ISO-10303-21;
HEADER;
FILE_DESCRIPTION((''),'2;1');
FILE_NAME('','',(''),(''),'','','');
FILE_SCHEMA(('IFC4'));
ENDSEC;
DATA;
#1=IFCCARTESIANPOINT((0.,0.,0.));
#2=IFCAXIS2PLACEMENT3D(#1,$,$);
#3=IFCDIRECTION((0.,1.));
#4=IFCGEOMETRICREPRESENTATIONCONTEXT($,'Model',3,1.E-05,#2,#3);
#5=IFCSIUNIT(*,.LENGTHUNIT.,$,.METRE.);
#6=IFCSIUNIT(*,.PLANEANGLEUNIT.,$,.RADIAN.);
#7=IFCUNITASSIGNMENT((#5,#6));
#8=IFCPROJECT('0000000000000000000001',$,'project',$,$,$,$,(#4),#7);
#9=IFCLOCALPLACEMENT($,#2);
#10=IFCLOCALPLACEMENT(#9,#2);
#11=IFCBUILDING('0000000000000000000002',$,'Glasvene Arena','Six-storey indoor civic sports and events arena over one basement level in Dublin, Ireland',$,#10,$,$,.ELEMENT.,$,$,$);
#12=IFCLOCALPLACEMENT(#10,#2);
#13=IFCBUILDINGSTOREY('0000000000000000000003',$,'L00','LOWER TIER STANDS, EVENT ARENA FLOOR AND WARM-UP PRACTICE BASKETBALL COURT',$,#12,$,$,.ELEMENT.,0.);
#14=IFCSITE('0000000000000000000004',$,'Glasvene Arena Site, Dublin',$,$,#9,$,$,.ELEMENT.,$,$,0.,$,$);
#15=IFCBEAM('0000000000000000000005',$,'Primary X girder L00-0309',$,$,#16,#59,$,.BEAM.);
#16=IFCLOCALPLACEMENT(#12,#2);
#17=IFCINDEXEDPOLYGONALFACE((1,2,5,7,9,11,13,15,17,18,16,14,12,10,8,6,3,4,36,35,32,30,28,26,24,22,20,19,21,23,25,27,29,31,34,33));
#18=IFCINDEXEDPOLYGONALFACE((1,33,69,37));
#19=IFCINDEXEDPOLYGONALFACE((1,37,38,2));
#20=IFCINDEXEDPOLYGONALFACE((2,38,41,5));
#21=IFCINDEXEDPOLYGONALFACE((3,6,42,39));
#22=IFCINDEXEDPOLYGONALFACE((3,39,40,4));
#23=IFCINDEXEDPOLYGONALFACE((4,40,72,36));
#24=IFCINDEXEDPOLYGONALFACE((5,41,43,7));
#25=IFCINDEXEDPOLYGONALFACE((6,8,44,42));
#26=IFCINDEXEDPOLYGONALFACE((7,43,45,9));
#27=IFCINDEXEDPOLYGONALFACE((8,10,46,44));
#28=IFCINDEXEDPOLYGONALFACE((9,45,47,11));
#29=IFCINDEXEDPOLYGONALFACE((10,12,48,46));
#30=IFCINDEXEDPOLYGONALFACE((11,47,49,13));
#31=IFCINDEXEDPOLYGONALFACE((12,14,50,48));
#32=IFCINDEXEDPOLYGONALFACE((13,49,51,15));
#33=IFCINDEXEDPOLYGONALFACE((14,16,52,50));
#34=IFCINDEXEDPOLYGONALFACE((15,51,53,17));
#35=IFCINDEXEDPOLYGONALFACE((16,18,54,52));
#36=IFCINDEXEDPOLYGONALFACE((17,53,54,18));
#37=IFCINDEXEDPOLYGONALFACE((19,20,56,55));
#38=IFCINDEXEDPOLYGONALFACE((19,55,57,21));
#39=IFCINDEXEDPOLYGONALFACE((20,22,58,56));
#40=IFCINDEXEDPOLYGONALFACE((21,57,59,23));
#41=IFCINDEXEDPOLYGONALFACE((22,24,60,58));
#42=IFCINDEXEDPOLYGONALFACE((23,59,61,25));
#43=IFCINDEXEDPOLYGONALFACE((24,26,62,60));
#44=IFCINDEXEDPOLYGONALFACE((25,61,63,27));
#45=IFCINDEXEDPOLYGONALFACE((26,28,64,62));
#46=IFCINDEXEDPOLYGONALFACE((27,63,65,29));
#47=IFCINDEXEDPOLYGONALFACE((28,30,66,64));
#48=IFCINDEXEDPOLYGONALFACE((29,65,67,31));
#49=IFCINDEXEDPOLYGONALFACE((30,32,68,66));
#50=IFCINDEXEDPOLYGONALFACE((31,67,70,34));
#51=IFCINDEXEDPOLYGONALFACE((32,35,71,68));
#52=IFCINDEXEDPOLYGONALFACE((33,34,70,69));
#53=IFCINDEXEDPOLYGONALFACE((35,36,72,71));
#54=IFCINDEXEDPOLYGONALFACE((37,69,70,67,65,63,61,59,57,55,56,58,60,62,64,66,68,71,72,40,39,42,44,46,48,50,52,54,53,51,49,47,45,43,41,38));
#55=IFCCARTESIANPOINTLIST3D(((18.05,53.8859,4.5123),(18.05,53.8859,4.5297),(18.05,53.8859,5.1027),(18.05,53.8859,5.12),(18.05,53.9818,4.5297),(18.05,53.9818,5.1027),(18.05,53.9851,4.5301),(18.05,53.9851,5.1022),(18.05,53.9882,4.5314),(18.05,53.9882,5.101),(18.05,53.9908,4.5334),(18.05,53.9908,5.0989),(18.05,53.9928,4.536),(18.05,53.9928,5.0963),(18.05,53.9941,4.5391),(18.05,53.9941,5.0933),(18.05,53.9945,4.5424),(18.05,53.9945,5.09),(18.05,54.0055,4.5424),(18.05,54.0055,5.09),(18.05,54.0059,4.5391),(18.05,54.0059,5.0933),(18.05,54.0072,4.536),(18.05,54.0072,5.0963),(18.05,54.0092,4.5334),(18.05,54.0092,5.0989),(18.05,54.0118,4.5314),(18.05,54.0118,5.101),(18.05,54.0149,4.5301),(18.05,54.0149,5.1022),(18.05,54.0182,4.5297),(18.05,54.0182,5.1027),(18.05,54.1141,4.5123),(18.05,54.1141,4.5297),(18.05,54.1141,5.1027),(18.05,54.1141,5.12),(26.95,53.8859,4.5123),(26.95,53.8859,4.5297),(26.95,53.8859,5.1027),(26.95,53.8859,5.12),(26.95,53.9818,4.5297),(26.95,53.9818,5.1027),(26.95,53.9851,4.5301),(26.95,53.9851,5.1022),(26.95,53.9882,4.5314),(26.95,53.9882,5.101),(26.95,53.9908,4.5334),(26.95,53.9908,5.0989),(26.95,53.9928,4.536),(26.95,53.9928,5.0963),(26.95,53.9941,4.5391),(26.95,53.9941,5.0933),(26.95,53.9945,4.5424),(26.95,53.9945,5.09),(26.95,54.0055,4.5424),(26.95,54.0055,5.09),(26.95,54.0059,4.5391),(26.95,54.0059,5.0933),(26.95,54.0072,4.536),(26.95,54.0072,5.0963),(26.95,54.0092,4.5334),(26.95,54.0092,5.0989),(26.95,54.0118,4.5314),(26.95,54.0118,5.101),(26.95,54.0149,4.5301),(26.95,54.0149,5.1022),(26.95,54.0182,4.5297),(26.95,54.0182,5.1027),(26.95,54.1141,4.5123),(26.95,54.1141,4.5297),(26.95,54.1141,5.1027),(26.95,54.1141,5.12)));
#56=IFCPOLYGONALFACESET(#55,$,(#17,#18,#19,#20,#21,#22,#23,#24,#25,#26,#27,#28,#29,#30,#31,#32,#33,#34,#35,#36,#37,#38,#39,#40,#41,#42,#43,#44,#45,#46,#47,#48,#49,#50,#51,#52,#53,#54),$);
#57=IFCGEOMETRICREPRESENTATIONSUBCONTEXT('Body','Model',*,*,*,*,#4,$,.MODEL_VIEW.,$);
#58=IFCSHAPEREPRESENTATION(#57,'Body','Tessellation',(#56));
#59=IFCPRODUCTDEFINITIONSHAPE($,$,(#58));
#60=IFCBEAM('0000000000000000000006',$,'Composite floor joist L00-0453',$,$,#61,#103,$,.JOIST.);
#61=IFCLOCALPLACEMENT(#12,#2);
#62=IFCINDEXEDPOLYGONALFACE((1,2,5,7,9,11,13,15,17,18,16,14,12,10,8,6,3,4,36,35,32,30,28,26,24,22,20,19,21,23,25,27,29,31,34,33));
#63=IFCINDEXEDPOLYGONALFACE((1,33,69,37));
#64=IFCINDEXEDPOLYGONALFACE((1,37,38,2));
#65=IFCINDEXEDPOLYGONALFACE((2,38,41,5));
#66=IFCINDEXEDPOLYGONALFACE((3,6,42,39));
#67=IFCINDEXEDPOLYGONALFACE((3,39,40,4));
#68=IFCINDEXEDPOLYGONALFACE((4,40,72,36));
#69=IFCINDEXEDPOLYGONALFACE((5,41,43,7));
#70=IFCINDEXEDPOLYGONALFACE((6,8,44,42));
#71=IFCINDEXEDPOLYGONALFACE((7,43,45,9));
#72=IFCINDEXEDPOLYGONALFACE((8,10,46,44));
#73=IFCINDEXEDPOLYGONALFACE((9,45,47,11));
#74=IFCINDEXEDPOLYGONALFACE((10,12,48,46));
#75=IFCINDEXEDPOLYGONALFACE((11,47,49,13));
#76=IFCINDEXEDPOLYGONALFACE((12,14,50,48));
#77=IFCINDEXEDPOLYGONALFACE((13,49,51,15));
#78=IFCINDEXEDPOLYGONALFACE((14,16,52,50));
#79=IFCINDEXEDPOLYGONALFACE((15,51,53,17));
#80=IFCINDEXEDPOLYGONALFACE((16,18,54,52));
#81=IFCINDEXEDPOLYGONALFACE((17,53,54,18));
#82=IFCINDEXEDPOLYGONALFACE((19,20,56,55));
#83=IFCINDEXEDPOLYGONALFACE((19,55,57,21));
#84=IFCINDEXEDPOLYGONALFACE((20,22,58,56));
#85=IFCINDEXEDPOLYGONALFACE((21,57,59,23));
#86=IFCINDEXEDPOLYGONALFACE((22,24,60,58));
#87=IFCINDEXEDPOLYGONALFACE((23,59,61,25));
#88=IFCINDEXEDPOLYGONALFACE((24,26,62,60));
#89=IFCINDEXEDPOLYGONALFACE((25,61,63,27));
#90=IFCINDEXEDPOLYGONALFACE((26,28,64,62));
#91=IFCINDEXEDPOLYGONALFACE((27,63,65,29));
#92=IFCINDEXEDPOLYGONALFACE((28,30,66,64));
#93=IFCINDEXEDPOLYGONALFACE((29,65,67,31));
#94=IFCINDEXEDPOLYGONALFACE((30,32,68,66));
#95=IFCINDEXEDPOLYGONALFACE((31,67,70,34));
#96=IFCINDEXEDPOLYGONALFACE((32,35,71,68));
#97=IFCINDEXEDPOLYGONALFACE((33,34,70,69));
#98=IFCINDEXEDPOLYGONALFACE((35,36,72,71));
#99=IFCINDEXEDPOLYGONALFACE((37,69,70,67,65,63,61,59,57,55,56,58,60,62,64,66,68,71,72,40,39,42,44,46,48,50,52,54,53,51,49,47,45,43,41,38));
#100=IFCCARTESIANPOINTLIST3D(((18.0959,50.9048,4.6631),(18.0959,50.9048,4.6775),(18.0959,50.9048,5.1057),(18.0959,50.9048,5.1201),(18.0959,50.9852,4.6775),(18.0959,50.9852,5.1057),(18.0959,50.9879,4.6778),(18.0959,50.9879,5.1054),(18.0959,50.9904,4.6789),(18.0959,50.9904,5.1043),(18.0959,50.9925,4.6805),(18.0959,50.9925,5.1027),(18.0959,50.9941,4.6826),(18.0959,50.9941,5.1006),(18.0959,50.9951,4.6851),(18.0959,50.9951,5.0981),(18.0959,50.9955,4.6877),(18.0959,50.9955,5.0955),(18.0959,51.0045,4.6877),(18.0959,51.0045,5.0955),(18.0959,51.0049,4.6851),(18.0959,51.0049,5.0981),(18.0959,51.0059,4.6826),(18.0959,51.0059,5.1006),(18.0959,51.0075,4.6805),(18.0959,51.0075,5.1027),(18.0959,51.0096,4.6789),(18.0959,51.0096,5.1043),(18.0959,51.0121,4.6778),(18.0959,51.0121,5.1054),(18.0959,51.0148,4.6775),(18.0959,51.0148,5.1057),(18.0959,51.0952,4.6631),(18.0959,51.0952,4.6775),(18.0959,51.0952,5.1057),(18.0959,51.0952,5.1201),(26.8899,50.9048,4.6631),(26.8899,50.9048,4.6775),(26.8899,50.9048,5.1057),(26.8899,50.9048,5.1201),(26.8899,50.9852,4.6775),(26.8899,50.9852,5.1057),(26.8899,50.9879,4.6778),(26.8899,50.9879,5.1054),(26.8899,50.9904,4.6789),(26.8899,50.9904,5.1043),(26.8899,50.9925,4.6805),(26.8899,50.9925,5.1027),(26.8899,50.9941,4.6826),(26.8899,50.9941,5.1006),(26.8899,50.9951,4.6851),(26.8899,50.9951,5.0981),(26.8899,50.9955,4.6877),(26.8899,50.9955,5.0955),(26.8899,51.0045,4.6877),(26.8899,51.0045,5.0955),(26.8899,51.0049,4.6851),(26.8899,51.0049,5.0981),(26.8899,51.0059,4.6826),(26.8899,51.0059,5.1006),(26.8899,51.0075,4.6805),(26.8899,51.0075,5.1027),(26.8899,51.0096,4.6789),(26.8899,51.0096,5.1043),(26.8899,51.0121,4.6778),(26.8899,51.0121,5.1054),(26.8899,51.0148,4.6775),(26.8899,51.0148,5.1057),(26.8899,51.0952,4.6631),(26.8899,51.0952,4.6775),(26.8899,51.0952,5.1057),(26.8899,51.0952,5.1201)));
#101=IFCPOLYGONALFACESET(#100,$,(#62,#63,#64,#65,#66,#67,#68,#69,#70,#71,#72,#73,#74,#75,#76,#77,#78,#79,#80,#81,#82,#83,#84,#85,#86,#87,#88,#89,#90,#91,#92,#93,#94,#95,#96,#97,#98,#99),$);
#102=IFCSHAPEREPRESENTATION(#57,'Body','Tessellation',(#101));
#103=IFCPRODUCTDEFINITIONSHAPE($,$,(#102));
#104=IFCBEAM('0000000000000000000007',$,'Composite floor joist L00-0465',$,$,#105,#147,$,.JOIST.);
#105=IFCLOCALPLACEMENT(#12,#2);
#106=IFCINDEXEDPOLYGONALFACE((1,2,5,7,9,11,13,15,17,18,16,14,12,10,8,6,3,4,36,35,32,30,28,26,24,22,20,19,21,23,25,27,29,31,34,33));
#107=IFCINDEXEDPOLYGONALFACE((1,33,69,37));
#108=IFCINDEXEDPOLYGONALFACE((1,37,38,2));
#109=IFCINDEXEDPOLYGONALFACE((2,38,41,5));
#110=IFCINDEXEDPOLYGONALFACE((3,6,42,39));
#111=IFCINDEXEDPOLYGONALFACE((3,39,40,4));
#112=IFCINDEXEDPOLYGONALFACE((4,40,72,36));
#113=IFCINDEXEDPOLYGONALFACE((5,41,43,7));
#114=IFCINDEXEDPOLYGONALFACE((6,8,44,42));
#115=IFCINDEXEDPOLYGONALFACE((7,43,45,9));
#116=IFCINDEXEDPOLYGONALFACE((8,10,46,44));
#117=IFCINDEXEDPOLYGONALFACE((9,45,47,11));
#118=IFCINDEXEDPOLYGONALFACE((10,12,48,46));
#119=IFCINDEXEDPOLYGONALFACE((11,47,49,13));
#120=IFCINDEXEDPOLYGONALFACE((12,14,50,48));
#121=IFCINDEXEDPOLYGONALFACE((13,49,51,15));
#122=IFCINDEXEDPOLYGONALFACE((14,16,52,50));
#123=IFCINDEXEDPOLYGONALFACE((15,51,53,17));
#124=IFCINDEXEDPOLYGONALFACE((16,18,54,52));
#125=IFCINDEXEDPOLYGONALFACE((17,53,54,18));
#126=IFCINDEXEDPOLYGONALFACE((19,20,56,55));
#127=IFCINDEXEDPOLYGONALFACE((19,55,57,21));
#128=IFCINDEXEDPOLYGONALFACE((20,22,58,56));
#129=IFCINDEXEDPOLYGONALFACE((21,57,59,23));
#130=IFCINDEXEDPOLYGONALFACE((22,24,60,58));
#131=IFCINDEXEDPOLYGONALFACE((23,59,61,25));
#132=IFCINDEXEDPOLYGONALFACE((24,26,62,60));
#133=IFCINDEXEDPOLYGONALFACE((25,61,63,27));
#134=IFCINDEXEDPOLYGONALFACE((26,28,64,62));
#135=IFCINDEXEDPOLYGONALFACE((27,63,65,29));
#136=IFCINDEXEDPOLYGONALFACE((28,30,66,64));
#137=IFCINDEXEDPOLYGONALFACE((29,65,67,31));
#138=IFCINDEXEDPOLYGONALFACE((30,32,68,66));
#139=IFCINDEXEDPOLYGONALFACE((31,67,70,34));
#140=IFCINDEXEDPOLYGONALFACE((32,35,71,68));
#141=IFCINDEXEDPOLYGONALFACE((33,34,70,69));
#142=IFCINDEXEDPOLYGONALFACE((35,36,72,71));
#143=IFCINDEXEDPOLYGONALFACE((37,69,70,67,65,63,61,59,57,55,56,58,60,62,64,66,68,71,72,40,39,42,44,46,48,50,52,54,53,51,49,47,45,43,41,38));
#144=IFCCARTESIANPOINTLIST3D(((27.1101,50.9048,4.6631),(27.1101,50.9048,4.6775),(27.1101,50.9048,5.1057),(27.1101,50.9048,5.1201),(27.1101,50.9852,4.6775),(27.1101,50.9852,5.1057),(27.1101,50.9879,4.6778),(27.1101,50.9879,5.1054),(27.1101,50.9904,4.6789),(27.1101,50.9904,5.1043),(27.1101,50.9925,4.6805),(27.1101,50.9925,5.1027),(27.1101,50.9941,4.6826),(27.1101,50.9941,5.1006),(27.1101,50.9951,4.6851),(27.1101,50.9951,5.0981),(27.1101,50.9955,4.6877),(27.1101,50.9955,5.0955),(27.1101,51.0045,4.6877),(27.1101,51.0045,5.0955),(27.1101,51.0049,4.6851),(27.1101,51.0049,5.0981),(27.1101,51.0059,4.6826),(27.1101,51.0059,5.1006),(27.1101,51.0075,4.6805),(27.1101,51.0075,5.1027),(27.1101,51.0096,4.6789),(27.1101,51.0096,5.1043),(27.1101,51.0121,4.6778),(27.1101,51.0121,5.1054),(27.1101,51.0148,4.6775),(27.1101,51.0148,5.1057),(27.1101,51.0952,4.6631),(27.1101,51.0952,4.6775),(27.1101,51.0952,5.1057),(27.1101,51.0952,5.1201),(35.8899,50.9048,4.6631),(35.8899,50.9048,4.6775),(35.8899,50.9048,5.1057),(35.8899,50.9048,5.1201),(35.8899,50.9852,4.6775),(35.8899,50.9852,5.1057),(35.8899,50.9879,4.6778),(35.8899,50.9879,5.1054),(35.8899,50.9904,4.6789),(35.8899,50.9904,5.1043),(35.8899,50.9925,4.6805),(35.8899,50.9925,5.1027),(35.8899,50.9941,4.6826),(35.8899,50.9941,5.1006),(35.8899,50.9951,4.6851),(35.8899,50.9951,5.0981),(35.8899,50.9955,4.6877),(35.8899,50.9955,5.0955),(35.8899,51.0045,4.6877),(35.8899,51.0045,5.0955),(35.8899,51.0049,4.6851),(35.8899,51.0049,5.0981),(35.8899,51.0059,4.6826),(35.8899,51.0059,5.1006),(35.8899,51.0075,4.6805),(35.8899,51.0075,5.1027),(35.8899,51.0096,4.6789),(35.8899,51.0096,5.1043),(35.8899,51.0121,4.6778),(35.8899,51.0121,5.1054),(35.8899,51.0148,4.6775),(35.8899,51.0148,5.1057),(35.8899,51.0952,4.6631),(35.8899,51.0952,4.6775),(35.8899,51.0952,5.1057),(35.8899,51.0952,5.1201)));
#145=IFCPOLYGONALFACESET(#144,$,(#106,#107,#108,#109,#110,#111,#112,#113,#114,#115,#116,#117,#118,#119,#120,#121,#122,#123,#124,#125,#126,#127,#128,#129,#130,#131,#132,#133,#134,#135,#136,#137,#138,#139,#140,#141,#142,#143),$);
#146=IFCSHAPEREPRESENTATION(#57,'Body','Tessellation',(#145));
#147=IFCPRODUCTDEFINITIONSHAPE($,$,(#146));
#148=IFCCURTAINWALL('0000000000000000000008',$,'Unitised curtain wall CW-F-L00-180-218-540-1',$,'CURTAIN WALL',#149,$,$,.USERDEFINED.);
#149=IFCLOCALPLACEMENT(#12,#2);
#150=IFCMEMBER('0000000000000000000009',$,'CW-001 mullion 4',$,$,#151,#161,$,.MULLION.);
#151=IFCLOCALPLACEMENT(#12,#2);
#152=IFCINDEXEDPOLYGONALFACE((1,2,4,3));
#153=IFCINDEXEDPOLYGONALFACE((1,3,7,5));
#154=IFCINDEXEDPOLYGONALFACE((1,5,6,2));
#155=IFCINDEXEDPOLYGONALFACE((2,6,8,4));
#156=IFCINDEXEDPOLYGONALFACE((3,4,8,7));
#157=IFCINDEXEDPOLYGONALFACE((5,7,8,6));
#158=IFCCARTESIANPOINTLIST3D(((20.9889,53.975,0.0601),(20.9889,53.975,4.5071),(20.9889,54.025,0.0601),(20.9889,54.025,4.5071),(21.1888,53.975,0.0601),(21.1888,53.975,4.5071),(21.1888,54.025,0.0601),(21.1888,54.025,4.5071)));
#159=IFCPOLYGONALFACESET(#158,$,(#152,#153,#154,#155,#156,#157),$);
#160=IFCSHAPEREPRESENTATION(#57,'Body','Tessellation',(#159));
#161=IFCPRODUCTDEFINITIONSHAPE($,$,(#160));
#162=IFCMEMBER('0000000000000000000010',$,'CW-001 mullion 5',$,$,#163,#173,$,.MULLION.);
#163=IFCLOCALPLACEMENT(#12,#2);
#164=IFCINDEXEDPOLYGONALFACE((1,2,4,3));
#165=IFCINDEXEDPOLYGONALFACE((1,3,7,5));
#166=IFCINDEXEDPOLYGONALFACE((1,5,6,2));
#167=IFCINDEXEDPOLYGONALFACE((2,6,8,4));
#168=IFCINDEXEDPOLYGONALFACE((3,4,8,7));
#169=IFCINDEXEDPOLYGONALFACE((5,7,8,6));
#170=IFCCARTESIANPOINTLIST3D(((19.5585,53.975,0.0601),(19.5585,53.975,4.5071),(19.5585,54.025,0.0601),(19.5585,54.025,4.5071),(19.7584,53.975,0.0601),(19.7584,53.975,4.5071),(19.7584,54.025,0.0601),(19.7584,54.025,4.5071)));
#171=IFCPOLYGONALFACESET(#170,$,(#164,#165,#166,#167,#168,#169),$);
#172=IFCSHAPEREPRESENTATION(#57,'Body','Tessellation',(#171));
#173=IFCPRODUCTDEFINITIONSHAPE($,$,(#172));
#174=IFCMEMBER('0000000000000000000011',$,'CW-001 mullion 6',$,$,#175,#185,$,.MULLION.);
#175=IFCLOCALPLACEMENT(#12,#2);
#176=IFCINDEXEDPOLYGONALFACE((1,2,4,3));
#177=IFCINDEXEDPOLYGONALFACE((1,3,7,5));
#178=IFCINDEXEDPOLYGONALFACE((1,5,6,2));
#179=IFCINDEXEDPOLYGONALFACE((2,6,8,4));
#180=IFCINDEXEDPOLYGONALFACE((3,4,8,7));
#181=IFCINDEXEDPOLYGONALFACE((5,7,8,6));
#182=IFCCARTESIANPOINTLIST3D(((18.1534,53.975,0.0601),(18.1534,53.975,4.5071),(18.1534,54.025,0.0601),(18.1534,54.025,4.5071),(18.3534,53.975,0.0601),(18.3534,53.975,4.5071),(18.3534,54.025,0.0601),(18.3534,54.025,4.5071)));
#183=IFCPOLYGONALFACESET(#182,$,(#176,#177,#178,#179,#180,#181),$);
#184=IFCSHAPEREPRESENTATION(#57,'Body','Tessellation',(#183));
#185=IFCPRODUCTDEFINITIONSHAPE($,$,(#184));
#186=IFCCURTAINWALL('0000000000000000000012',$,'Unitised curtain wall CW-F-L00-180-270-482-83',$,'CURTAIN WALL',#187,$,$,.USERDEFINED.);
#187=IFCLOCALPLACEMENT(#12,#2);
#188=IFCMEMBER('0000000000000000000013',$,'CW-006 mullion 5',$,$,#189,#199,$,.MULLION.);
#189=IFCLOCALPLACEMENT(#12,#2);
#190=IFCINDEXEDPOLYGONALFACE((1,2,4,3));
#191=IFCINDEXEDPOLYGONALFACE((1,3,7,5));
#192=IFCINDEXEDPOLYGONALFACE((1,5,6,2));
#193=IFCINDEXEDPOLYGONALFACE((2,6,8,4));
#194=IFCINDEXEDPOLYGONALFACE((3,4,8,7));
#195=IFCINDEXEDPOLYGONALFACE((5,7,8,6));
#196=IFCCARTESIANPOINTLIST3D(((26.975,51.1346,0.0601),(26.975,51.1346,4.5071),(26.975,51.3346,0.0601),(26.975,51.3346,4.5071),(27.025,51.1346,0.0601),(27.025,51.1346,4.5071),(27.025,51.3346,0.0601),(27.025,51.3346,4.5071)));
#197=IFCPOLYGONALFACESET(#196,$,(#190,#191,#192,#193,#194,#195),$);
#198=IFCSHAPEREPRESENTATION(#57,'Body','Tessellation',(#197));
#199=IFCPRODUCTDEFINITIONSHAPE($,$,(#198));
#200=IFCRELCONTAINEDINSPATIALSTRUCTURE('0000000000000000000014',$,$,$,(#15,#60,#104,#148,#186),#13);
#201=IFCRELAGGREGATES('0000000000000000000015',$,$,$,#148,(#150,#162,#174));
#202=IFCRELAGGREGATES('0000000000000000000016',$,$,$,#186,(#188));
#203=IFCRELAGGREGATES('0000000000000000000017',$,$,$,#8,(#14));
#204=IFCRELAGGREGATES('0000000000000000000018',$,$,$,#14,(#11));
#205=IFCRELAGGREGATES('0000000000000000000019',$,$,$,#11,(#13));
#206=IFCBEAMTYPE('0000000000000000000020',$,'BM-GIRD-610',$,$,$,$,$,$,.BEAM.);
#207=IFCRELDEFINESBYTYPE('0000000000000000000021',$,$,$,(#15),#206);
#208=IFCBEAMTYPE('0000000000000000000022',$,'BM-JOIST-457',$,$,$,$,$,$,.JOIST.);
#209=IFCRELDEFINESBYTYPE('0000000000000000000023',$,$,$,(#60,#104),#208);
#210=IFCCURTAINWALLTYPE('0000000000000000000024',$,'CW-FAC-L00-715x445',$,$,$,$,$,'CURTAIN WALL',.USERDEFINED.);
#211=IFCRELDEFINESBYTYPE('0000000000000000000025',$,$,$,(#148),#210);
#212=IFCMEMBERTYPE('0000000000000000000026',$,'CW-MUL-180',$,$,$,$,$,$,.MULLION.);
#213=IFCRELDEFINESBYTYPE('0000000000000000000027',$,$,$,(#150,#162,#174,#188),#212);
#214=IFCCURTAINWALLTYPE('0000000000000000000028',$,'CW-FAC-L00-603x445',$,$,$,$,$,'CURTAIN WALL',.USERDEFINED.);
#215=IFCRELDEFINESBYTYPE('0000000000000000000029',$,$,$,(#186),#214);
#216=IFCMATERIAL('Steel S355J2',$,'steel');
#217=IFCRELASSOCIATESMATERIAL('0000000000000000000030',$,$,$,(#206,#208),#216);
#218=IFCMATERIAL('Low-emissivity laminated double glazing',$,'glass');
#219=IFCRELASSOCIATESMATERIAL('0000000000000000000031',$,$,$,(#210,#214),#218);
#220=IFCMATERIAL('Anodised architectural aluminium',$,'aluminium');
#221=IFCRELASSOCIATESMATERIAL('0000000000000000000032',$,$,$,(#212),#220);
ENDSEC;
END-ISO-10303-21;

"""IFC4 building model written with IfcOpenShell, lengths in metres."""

from ifc_helpers import new_model, si_unit, direction, frame, origin, origin_2d, place, context, subcontext, project, spatial, rectangle, i_section, extrude, material, material_profile, profile_set, type_object, element, aggregate, save


model = new_model("IFC4")

# Units and contexts
model_context = context("Model", 3, precision=1e-05, world=origin(), true_north=direction((0.0, 1.0)))
body_context = subcontext(model_context, "Body", "Model", "MODEL_VIEW")
ifc_project = project(units=[si_unit("LENGTHUNIT", "METRE"), si_unit("PLANEANGLEUNIT", "RADIAN")], contexts=[model_context])

# Site, building, storey
site_placement = place(None, origin())
site = spatial("IfcSite", under=ifc_project, at=site_placement, Name="Glasvene Arena Site, Dublin", CompositionType="ELEMENT", RefElevation=0.0)
building_placement = place(site_placement, origin())
building = spatial("IfcBuilding", under=site, at=building_placement, Name="Glasvene Arena", Description="Six-storey indoor civic sports and events arena over one basement level in Dublin, Ireland", CompositionType="ELEMENT")
storey_placement = place(building_placement, origin())
storey = spatial("IfcBuildingStorey", under=building, at=storey_placement, Name="L00", Description="LOWER TIER STANDS, EVENT ARENA FLOOR AND WARM-UP PRACTICE BASKETBALL COURT", CompositionType="ELEMENT", Elevation=0.0)

# Beams
ifc_material_1 = material(Name="Steel S355J2", Category="steel")
ifc_material_profile_1 = material_profile(ifc_material_1, i_section(OverallWidth=0.2283, OverallDepth=0.6077, WebThickness=0.011, FlangeThickness=0.0173, FilletRadius=0.0127, at=origin_2d()), Name="UKB 610x229x113")
ifc_profile_set_1 = profile_set([ifc_material_profile_1], Name="Steel S355J2")
beam_type_1 = type_object("IfcBeamType", Name="BM-GIRD-610", PredefinedType="BEAM", material=ifc_profile_set_1)
beam_1_placement = place(storey_placement, frame((18.05, 54.0, 4.8162), z_axis=(1.0, 0.0, 0.0), x_axis=(0.0, 1.0, 0.0)))
element("IfcBeam", 1, at=beam_1_placement, inside=storey, type_object=beam_type_1, Name="Primary X girder L00-0309", PredefinedType="BEAM", context=body_context, shape_type="SweptSolid", body=[
    extrude(i_section(OverallWidth=0.2283, OverallDepth=0.6077, WebThickness=0.011, FlangeThickness=0.0173, FilletRadius=0.0127, at=origin_2d()), origin(), (0.0, 0.0, 1.0), 8.8999),
])
ifc_material_profile_2 = material_profile(ifc_material_1, i_section(OverallWidth=0.1904, OverallDepth=0.457, WebThickness=0.009, FlangeThickness=0.0144, FilletRadius=0.0103, at=origin_2d()), Name="UKB 457x191x74")
ifc_profile_set_2 = profile_set([ifc_material_profile_2], Name="Steel S355J2")
beam_type_2 = type_object("IfcBeamType", Name="BM-JOIST-457", PredefinedType="JOIST", material=ifc_profile_set_2)
beam_2_placement = place(storey_placement, frame((18.0959, 51.0, 4.8916), z_axis=(1.0, 0.0, 0.0), x_axis=(0.0, 1.0, 0.0)))
element("IfcBeam", 2, at=beam_2_placement, inside=storey, type_object=beam_type_2, Name="Composite floor joist L00-0453", PredefinedType="JOIST", context=body_context, shape_type="SweptSolid", body=[
    extrude(i_section(OverallWidth=0.1904, OverallDepth=0.457, WebThickness=0.009, FlangeThickness=0.0144, FilletRadius=0.0103, at=origin_2d()), origin(), (0.0, 0.0, 1.0), 8.7939),
])
beam_3_placement = place(storey_placement, frame((27.1101, 51.0, 4.8916), z_axis=(1.0, 0.0, 0.0), x_axis=(0.0, 1.0, 0.0)))
element("IfcBeam", 3, at=beam_3_placement, inside=storey, type_object=beam_type_2, Name="Composite floor joist L00-0465", PredefinedType="JOIST", context=body_context, shape_type="SweptSolid", body=[
    extrude(i_section(OverallWidth=0.1904, OverallDepth=0.457, WebThickness=0.009, FlangeThickness=0.0144, FilletRadius=0.0103, at=origin_2d()), origin(), (0.0, 0.0, 1.0), 8.7798),
])

# Curtain wall, members
ifc_material_2 = material(Name="Low-emissivity laminated double glazing", Category="glass")
curtain_wall_type_1 = type_object("IfcCurtainWallType", Name="CW-FAC-L00-715x445", ElementType="CURTAIN WALL", PredefinedType="USERDEFINED", material=ifc_material_2)
curtain_wall_1_placement = place(storey_placement, frame((25.3796, 54.0, 0.0)))
curtain_wall_1 = element("IfcCurtainWall", 4, at=curtain_wall_1_placement, inside=storey, type_object=curtain_wall_type_1, Name="Unitised curtain wall CW-F-L00-180-218-540-1", ObjectType="CURTAIN WALL", PredefinedType="USERDEFINED")
ifc_material_3 = material(Name="Anodised architectural aluminium", Category="aluminium")
ifc_material_profile_3 = material_profile(ifc_material_3, rectangle(XDim=0.05, YDim=0.2, at=origin_2d()), Name="ALU MULLION 50x200")
ifc_profile_set_3 = profile_set([ifc_material_profile_3], Name="Anodised architectural aluminium")
member_type_1 = type_object("IfcMemberType", Name="CW-MUL-180", PredefinedType="MULLION", material=ifc_profile_set_3)
member_1_placement = place(storey_placement, frame((21.0889, 54.0, 0.0601), z_axis=(0.0, 0.0, 1.0), x_axis=(0.0, -1.0, 0.0)))
member_1 = element("IfcMember", 5, at=member_1_placement, type_object=member_type_1, Name="CW-001 mullion 4", PredefinedType="MULLION", context=body_context, shape_type="SweptSolid", body=[
    extrude(rectangle(XDim=0.05, YDim=0.2, at=origin_2d()), origin(), (0.0, 0.0, 1.0), 4.447),
])
member_2_placement = place(storey_placement, frame((19.6584, 54.0, 0.0601), z_axis=(0.0, 0.0, 1.0), x_axis=(0.0, -1.0, 0.0)))
member_2 = element("IfcMember", 6, at=member_2_placement, type_object=member_type_1, Name="CW-001 mullion 5", PredefinedType="MULLION", context=body_context, shape_type="SweptSolid", body=[
    extrude(rectangle(XDim=0.05, YDim=0.2, at=origin_2d()), origin(), (0.0, 0.0, 1.0), 4.447),
])
member_3_placement = place(storey_placement, frame((18.2534, 54.0, 0.0601), z_axis=(0.0, 0.0, 1.0), x_axis=(0.0, -1.0, 0.0)))
member_3 = element("IfcMember", 7, at=member_3_placement, type_object=member_type_1, Name="CW-001 mullion 6", PredefinedType="MULLION", context=body_context, shape_type="SweptSolid", body=[
    extrude(rectangle(XDim=0.05, YDim=0.2, at=origin_2d()), origin(), (0.0, 0.0, 1.0), 4.447),
])

# Curtain wall, member
curtain_wall_type_2 = type_object("IfcCurtainWallType", Name="CW-FAC-L00-603x445", ElementType="CURTAIN WALL", PredefinedType="USERDEFINED", material=ifc_material_2)
curtain_wall_2_placement = place(storey_placement, frame((27.0, 45.2261, 0.0)))
curtain_wall_2 = element("IfcCurtainWall", 8, at=curtain_wall_2_placement, inside=storey, type_object=curtain_wall_type_2, Name="Unitised curtain wall CW-F-L00-180-270-482-83", ObjectType="CURTAIN WALL", PredefinedType="USERDEFINED")
member_4_placement = place(storey_placement, frame((27.0, 51.2346, 0.0601), z_axis=(0.0, 0.0, 1.0), x_axis=(-1.0, 0.0, 0.0)))
member_4 = element("IfcMember", 9, at=member_4_placement, type_object=member_type_1, Name="CW-006 mullion 5", PredefinedType="MULLION", context=body_context, shape_type="SweptSolid", body=[
    extrude(rectangle(XDim=0.05, YDim=0.2, at=origin_2d()), origin(), (0.0, 0.0, 1.0), 4.447),
])

aggregate(curtain_wall_1, [member_1, member_2, member_3])
aggregate(curtain_wall_2, [member_4])

save(model, "model.ifc")
